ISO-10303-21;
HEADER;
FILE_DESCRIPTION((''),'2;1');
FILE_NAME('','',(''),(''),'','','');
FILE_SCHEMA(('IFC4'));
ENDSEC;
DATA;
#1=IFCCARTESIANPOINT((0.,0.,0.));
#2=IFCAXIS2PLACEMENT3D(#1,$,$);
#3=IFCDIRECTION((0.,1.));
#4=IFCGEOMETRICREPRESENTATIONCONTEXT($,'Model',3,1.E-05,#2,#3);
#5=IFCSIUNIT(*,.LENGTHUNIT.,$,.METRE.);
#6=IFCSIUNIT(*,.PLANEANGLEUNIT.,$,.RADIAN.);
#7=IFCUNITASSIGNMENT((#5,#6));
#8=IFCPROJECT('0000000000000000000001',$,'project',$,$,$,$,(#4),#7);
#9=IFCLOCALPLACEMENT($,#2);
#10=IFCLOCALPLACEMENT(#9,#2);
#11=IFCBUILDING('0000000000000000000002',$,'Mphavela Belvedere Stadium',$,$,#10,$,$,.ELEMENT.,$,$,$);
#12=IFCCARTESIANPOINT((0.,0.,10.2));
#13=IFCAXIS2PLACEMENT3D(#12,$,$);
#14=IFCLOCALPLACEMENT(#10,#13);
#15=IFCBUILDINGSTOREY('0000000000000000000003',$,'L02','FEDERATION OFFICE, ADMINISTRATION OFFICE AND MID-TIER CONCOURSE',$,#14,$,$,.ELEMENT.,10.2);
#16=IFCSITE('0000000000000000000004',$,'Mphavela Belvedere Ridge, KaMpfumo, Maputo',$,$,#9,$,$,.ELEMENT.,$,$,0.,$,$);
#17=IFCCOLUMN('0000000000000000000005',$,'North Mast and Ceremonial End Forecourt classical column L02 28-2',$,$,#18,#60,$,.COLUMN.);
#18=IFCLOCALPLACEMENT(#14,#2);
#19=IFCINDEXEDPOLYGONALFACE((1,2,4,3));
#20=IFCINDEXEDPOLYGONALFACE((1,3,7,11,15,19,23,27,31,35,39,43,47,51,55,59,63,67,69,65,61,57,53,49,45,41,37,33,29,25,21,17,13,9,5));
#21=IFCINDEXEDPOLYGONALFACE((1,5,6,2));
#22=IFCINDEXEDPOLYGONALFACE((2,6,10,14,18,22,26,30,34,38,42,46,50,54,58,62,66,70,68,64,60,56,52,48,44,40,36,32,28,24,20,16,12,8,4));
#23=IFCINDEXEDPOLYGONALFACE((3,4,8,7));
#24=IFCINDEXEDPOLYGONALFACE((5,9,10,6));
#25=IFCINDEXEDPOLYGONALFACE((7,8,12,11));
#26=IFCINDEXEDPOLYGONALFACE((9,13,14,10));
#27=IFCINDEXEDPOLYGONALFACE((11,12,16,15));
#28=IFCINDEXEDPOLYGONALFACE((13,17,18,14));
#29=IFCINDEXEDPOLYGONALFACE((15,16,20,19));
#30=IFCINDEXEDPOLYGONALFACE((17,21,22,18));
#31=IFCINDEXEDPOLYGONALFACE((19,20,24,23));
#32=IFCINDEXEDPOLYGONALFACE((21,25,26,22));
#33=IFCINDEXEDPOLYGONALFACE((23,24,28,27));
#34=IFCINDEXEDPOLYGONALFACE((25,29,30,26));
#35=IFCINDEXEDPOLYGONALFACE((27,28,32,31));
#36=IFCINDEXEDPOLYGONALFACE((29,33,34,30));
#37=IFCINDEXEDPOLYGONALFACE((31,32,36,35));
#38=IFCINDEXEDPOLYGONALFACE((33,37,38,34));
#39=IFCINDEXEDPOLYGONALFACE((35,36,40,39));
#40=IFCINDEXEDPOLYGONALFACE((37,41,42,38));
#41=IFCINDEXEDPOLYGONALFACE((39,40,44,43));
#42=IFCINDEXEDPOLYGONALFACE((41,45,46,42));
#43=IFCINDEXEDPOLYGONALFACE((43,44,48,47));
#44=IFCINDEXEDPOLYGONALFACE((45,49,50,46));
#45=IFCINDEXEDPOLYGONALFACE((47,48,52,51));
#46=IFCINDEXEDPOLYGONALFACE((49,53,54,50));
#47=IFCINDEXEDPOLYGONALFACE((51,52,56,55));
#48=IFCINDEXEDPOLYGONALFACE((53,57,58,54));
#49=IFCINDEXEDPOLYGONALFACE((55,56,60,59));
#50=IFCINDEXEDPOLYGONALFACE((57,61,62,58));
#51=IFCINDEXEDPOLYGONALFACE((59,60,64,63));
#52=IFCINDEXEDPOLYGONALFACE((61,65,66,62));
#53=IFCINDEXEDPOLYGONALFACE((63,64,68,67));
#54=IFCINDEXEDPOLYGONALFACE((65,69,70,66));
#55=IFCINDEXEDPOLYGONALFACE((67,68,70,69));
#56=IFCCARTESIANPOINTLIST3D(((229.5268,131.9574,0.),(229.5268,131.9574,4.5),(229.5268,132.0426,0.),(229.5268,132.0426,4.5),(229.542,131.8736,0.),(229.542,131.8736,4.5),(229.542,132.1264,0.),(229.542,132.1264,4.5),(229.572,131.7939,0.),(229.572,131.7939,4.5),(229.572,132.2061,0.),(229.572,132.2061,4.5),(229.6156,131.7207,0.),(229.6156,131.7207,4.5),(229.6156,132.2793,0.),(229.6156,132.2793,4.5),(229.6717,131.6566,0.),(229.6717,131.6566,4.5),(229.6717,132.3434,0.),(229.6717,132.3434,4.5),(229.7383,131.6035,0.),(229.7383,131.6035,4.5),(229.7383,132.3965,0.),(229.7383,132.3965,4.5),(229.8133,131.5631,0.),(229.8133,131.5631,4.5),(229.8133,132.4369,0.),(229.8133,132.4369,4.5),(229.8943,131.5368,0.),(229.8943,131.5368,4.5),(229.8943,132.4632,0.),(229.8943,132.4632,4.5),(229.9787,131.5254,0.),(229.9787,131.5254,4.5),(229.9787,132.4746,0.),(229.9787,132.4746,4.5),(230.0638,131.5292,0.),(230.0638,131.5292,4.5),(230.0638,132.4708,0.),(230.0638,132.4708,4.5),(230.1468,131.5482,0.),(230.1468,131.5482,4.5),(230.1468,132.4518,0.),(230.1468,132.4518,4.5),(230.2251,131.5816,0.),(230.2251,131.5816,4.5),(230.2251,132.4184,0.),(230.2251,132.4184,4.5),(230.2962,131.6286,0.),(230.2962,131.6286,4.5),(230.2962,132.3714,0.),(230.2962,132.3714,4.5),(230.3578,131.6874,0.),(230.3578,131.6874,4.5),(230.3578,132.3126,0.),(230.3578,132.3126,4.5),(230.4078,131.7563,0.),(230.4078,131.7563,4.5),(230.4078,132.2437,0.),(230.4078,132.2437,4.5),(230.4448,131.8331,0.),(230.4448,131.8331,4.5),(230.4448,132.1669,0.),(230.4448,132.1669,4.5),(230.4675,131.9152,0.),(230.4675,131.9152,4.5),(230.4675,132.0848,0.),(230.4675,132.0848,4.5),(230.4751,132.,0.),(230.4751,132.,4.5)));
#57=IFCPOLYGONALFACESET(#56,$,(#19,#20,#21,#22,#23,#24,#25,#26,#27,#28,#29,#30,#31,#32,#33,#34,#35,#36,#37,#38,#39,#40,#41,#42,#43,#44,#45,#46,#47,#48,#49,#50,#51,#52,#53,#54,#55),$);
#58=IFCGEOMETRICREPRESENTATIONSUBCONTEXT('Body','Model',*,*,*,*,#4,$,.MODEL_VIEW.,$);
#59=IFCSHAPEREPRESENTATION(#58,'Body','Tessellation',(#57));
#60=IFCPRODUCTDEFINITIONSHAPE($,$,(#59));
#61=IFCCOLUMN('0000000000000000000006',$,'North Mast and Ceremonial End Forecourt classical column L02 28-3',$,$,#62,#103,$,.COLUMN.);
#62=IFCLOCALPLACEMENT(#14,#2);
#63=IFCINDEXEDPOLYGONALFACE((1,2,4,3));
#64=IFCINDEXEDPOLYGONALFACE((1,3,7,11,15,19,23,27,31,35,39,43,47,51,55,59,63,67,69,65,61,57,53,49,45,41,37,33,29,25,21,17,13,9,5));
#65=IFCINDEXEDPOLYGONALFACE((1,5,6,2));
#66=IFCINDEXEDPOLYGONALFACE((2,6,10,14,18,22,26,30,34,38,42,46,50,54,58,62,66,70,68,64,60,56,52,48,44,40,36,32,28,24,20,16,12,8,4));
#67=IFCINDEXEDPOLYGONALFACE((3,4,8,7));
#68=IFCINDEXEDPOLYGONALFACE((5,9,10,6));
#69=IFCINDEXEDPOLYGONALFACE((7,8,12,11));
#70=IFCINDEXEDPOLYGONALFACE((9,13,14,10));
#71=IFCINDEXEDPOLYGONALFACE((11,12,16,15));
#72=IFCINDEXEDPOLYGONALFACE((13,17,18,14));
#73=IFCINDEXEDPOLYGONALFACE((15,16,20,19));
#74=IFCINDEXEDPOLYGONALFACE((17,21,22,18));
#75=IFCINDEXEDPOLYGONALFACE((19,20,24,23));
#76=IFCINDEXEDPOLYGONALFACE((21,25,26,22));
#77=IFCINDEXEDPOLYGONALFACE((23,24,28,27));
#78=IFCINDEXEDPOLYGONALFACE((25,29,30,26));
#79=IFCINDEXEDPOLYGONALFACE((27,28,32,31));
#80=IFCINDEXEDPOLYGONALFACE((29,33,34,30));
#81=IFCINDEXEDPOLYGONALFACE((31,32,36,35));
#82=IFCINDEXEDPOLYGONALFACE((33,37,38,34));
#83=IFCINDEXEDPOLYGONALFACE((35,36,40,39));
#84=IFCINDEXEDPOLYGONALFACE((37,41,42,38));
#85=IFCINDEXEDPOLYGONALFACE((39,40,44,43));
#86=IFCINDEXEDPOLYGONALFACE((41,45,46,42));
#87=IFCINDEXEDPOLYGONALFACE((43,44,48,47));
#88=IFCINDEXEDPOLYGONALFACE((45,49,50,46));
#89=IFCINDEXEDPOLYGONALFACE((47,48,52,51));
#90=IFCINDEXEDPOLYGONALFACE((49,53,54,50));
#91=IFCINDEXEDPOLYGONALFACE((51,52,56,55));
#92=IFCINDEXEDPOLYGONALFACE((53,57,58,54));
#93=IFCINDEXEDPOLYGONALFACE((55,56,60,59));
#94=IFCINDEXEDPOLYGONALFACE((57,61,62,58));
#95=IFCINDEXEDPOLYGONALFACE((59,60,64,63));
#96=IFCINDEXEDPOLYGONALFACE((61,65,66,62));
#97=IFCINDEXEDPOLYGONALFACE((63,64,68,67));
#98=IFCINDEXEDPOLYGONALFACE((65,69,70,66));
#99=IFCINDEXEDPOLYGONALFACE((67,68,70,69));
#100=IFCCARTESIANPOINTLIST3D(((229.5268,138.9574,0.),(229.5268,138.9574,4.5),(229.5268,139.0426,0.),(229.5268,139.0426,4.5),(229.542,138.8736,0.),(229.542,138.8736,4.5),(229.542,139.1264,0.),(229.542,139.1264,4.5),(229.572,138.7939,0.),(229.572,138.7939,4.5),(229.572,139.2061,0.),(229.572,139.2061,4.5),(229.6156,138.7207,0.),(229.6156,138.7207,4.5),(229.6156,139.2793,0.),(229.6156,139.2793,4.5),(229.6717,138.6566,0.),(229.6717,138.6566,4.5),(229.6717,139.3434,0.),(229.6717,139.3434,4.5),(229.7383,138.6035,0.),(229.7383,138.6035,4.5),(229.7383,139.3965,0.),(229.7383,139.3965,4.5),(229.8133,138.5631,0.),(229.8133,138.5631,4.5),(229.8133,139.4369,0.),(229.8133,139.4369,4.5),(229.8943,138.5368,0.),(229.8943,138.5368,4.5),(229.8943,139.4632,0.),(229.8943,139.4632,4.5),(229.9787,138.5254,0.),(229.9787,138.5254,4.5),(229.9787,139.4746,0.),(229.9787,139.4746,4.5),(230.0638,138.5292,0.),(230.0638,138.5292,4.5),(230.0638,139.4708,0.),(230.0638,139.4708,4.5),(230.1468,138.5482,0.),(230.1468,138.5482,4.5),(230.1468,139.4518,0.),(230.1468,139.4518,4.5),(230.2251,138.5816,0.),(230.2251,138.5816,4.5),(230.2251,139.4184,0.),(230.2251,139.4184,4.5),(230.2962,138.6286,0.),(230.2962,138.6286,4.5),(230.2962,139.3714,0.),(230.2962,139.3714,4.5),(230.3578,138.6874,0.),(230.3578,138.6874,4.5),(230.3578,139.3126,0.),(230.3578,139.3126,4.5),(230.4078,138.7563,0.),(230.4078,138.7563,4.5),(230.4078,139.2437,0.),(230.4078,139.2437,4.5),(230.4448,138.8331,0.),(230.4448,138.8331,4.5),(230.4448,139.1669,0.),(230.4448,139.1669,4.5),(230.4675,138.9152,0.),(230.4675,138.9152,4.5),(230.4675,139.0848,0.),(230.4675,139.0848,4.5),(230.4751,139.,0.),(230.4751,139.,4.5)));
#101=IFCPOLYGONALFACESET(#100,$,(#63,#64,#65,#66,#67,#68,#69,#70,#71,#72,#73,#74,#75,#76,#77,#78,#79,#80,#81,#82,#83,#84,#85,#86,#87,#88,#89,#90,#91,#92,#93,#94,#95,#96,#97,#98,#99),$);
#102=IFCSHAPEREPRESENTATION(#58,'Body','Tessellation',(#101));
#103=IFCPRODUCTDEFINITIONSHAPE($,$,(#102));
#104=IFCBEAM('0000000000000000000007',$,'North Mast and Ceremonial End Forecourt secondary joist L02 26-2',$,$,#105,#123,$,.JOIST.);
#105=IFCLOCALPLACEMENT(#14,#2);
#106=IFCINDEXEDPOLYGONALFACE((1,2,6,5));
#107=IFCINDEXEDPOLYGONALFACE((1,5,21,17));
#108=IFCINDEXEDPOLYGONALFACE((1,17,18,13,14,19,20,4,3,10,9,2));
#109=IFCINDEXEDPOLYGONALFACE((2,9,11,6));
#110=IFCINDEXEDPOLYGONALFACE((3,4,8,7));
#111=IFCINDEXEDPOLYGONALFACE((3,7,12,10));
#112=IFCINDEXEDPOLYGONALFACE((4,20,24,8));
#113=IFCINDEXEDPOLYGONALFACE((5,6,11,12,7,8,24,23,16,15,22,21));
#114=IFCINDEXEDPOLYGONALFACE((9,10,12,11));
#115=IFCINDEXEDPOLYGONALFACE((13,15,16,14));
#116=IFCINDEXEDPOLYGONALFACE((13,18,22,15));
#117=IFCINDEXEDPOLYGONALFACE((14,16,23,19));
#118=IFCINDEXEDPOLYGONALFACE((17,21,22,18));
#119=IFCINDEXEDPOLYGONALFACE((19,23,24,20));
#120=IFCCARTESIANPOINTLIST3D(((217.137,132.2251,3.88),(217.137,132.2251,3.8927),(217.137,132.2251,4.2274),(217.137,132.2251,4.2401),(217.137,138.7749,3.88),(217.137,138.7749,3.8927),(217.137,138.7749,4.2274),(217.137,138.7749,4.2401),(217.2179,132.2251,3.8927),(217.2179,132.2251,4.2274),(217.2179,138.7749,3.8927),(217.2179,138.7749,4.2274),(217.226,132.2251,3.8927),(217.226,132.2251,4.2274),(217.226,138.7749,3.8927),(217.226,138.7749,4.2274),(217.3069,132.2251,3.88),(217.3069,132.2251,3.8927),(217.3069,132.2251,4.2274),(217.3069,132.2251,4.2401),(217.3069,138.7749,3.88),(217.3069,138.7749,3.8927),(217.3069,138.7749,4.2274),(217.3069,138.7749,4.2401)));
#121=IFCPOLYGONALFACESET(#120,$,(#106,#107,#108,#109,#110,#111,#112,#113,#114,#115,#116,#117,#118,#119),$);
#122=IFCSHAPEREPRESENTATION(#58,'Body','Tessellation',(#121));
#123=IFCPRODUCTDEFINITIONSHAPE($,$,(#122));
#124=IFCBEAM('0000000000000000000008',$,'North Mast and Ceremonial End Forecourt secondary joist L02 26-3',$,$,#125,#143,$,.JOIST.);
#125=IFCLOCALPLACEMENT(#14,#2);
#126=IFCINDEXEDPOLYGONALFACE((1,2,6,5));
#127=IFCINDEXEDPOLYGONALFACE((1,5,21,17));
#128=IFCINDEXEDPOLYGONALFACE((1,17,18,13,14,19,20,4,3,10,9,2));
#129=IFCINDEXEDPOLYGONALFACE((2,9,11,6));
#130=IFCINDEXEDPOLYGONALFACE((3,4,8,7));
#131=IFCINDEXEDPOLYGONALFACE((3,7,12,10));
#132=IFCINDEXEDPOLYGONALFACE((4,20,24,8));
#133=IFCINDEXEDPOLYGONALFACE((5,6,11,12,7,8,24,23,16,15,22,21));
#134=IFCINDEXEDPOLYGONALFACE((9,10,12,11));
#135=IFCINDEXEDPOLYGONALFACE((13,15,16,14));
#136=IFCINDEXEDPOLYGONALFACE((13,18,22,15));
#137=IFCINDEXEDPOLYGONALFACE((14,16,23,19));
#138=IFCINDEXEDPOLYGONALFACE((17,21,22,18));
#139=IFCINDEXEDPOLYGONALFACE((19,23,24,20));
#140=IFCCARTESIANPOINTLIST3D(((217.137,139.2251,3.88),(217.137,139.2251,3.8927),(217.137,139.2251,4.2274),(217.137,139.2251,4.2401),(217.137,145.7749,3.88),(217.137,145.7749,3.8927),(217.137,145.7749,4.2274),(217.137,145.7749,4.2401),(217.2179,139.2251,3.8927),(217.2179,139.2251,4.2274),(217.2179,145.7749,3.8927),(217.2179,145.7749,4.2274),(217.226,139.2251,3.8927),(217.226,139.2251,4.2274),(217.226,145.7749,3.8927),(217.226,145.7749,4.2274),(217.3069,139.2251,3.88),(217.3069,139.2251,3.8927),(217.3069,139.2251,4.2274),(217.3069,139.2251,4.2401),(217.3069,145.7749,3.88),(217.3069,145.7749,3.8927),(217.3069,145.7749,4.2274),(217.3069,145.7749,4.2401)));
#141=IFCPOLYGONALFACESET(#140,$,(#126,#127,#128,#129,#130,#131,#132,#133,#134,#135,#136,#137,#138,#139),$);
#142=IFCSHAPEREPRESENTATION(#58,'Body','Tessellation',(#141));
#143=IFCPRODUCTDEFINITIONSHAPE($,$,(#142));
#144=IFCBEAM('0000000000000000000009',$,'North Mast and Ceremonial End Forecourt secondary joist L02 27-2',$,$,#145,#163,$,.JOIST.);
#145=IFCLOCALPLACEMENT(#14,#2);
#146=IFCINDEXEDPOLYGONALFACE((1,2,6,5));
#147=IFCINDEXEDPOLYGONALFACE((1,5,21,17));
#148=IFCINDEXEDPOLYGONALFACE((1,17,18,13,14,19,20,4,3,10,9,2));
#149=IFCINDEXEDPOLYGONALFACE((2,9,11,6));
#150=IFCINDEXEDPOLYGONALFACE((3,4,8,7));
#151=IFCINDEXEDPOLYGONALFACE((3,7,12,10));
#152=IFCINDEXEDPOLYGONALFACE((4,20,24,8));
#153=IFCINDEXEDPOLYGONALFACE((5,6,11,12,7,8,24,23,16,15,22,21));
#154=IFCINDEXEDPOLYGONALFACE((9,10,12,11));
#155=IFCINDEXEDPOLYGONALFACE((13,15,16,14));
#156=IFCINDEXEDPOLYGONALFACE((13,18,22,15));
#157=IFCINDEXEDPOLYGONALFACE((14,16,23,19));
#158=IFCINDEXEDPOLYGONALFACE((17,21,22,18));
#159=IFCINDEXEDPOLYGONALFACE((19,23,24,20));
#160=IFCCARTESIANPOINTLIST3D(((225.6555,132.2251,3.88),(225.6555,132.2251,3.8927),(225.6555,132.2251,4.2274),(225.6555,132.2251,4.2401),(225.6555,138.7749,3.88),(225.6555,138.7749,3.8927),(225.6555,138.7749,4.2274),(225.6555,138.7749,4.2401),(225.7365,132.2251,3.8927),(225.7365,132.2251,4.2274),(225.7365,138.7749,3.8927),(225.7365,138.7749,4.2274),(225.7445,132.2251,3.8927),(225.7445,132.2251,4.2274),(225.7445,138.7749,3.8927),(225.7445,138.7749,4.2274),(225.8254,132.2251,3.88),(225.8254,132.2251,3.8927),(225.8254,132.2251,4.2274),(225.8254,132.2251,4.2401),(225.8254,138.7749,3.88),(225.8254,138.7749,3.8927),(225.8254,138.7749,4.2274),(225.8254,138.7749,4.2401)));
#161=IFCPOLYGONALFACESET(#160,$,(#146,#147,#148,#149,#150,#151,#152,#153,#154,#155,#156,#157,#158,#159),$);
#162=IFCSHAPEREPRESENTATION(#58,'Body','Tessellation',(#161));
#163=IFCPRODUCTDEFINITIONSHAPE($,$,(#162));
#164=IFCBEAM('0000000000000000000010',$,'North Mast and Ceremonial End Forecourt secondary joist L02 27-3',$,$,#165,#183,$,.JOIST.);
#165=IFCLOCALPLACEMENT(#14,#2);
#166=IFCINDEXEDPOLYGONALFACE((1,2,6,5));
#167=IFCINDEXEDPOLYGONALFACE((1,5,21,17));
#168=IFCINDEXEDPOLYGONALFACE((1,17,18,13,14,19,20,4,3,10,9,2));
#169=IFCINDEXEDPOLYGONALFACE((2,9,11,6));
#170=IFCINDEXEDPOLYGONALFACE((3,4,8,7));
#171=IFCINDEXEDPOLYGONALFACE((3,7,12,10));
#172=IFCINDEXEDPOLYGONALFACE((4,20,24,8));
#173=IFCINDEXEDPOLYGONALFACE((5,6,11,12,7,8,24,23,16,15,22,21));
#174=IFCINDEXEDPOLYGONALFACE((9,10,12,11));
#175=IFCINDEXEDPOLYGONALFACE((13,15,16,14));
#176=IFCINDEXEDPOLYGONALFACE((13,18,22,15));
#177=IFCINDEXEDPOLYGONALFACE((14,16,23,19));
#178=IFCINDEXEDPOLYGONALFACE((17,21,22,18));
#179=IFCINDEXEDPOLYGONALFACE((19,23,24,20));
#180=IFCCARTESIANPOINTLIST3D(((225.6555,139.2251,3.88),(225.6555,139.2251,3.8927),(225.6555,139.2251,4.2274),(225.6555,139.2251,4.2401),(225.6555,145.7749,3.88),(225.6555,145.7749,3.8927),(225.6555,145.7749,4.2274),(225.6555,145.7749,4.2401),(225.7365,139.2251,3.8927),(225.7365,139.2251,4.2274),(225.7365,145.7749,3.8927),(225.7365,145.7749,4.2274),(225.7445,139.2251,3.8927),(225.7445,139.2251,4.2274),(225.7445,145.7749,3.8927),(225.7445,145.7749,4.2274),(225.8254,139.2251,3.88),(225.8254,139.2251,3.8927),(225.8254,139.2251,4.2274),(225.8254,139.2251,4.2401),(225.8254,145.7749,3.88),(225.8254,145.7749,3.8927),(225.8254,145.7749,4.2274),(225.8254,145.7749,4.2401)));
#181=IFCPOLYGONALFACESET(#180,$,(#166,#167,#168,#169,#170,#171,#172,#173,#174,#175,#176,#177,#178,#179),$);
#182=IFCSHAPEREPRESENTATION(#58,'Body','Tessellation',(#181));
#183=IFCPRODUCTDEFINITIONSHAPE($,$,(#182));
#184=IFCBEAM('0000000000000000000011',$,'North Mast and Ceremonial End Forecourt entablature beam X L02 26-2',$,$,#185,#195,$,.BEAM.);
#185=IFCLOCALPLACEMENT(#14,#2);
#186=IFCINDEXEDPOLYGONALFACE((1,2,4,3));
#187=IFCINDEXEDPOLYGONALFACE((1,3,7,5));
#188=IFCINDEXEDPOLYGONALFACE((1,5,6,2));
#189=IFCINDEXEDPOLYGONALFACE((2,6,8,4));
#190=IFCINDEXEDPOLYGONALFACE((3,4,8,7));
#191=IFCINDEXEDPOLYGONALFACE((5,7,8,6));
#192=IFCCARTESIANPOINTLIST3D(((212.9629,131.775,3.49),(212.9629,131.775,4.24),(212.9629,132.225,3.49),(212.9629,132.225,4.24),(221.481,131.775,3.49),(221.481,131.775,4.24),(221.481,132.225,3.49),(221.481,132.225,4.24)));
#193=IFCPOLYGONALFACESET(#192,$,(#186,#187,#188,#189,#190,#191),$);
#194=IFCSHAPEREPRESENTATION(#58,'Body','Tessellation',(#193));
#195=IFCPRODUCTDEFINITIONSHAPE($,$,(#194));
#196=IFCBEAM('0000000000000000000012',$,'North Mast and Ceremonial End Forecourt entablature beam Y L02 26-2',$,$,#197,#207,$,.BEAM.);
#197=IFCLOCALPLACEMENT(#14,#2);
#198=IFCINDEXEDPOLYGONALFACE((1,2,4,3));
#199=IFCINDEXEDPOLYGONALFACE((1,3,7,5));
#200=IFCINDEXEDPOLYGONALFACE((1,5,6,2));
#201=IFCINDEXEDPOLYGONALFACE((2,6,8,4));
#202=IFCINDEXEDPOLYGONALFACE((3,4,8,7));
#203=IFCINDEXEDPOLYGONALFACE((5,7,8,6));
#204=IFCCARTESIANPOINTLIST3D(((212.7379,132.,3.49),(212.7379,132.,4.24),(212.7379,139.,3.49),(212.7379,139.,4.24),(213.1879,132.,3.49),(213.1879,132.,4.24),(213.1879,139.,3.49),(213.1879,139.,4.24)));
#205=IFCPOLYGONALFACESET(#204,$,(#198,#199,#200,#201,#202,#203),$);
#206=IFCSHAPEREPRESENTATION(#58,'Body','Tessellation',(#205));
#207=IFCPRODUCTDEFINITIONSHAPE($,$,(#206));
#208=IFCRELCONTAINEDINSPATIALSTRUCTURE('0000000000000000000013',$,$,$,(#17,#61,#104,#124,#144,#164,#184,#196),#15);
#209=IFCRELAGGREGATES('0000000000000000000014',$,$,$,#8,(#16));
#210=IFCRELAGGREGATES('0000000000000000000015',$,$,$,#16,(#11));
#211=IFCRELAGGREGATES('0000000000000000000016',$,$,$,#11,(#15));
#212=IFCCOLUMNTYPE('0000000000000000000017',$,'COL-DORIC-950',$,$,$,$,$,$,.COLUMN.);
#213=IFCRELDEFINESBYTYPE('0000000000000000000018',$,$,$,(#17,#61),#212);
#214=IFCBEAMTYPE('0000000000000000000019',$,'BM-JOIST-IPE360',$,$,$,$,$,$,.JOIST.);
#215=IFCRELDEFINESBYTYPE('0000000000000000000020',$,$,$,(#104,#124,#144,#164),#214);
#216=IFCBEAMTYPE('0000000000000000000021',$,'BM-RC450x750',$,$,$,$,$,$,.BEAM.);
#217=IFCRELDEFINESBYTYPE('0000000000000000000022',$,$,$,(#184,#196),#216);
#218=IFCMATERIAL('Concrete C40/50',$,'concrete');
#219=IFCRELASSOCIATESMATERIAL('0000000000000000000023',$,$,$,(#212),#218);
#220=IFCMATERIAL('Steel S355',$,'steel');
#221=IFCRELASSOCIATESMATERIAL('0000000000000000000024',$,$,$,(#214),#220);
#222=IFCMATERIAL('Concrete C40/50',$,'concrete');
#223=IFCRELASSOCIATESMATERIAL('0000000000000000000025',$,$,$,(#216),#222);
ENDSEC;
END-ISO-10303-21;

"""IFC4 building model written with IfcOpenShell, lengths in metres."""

from ifc_helpers import new_model, si_unit, direction, frame, origin, origin_2d, place, context, subcontext, project, spatial, rectangle, circle, i_section, extrude, material, material_profile, profile_set, type_object, element, save


model = new_model("IFC4")

# Units and contexts
model_context = context("Model", 3, precision=1e-05, world=origin(), true_north=direction((0.0, 1.0)))
body_context = subcontext(model_context, "Body", "Model", "MODEL_VIEW")
ifc_project = project(units=[si_unit("LENGTHUNIT", "METRE"), si_unit("PLANEANGLEUNIT", "RADIAN")], contexts=[model_context])

# Site, building, storey
site_placement = place(None, origin())
site = spatial("IfcSite", under=ifc_project, at=site_placement, Name="Mphavela Belvedere Ridge, KaMpfumo, Maputo", CompositionType="ELEMENT", RefElevation=0.0)
building_placement = place(site_placement, origin())
building = spatial("IfcBuilding", under=site, at=building_placement, Name="Mphavela Belvedere Stadium", CompositionType="ELEMENT")
storey_placement = place(building_placement, frame((0.0, 0.0, 10.2)))
storey = spatial("IfcBuildingStorey", under=building, at=storey_placement, Name="L02", Description="FEDERATION OFFICE, ADMINISTRATION OFFICE AND MID-TIER CONCOURSE", CompositionType="ELEMENT", Elevation=10.2)

# Columns
ifc_material_1 = material(Name="Concrete C40/50", Category="concrete")
ifc_material_profile_1 = material_profile(ifc_material_1, circle(Radius=0.4751, at=origin_2d()), Name="COL D950")
ifc_profile_set_1 = profile_set([ifc_material_profile_1], Name="Concrete C40/50")
column_type = type_object("IfcColumnType", Name="COL-DORIC-950", PredefinedType="COLUMN", material=ifc_profile_set_1)
for number, where, z_axis, x_axis, name in (
    (1, (230.0, 132.0, 0.0), (0.0, 0.0, 1.0), (1.0, 0.0, 0.0), "North Mast and Ceremonial End Forecourt classical column L02 28-2"),
    (2, (230.0, 139.0, 0.0), (0.0, 0.0, 1.0), (1.0, 0.0, 0.0), "North Mast and Ceremonial End Forecourt classical column L02 28-3"),
):
    element("IfcColumn", number, at=place(storey_placement, frame(where, z_axis=z_axis, x_axis=x_axis)), inside=storey, type_object=column_type, Name=name, PredefinedType="COLUMN", context=body_context, shape_type="SweptSolid", body=[
        extrude(circle(Radius=0.4751, at=origin_2d()), origin(), (0.0, 0.0, 1.0), 4.5),
    ])

# Beams
ifc_material_2 = material(Name="Steel S355", Category="steel")
ifc_material_profile_2 = material_profile(ifc_material_2, i_section(OverallWidth=0.1699, OverallDepth=0.3601, WebThickness=0.0081, FlangeThickness=0.0127, at=origin_2d()), Name="IPE 360")
ifc_profile_set_2 = profile_set([ifc_material_profile_2], Name="Steel S355")
beam_type_1 = type_object("IfcBeamType", Name="BM-JOIST-IPE360", PredefinedType="JOIST", material=ifc_profile_set_2)
for number, where, z_axis, x_axis, name in (
    (3, (217.2219, 132.2251, 4.0601), (0.0, 1.0, 0.0), (-1.0, 0.0, 0.0), "North Mast and Ceremonial End Forecourt secondary joist L02 26-2"),
    (4, (217.2219, 139.2251, 4.0601), (0.0, 1.0, 0.0), (-1.0, 0.0, 0.0), "North Mast and Ceremonial End Forecourt secondary joist L02 26-3"),
    (5, (225.7405, 132.2251, 4.0601), (0.0, 1.0, 0.0), (-1.0, 0.0, 0.0), "North Mast and Ceremonial End Forecourt secondary joist L02 27-2"),
    (6, (225.7405, 139.2251, 4.0601), (0.0, 1.0, 0.0), (-1.0, 0.0, 0.0), "North Mast and Ceremonial End Forecourt secondary joist L02 27-3"),
):
    element("IfcBeam", number, at=place(storey_placement, frame(where, z_axis=z_axis, x_axis=x_axis)), inside=storey, type_object=beam_type_1, Name=name, PredefinedType="JOIST", context=body_context, shape_type="SweptSolid", body=[
        extrude(i_section(OverallWidth=0.1699, OverallDepth=0.3601, WebThickness=0.0081, FlangeThickness=0.0127, at=origin_2d()), origin(), (0.0, 0.0, 1.0), 6.5498),
    ])
ifc_material_3 = material(Name="Concrete C40/50", Category="concrete")
ifc_material_profile_3 = material_profile(ifc_material_3, rectangle(XDim=0.45, YDim=0.75, at=origin_2d()), Name="RC 450x750")
ifc_profile_set_3 = profile_set([ifc_material_profile_3], Name="Concrete C40/50")
beam_type_2 = type_object("IfcBeamType", Name="BM-RC450x750", PredefinedType="BEAM", material=ifc_profile_set_3)
beam_1_placement = place(storey_placement, frame((212.9629, 132.0, 3.865), z_axis=(1.0, 0.0, 0.0), x_axis=(0.0, 1.0, 0.0)))
element("IfcBeam", 7, at=beam_1_placement, inside=storey, type_object=beam_type_2, Name="North Mast and Ceremonial End Forecourt entablature beam X L02 26-2", PredefinedType="BEAM", context=body_context, shape_type="SweptSolid", body=[
    extrude(rectangle(XDim=0.45, YDim=0.75, at=origin_2d()), origin(), (0.0, 0.0, 1.0), 8.5181),
])
beam_2_placement = place(storey_placement, frame((212.9629, 132.0, 3.865), z_axis=(0.0, 1.0, 0.0), x_axis=(-1.0, 0.0, 0.0)))
element("IfcBeam", 8, at=beam_2_placement, inside=storey, type_object=beam_type_2, Name="North Mast and Ceremonial End Forecourt entablature beam Y L02 26-2", PredefinedType="BEAM", context=body_context, shape_type="SweptSolid", body=[
    extrude(rectangle(XDim=0.45, YDim=0.75, at=origin_2d()), origin(), (0.0, 0.0, 1.0), 7.0),
])

save(model, "model.ifc")
